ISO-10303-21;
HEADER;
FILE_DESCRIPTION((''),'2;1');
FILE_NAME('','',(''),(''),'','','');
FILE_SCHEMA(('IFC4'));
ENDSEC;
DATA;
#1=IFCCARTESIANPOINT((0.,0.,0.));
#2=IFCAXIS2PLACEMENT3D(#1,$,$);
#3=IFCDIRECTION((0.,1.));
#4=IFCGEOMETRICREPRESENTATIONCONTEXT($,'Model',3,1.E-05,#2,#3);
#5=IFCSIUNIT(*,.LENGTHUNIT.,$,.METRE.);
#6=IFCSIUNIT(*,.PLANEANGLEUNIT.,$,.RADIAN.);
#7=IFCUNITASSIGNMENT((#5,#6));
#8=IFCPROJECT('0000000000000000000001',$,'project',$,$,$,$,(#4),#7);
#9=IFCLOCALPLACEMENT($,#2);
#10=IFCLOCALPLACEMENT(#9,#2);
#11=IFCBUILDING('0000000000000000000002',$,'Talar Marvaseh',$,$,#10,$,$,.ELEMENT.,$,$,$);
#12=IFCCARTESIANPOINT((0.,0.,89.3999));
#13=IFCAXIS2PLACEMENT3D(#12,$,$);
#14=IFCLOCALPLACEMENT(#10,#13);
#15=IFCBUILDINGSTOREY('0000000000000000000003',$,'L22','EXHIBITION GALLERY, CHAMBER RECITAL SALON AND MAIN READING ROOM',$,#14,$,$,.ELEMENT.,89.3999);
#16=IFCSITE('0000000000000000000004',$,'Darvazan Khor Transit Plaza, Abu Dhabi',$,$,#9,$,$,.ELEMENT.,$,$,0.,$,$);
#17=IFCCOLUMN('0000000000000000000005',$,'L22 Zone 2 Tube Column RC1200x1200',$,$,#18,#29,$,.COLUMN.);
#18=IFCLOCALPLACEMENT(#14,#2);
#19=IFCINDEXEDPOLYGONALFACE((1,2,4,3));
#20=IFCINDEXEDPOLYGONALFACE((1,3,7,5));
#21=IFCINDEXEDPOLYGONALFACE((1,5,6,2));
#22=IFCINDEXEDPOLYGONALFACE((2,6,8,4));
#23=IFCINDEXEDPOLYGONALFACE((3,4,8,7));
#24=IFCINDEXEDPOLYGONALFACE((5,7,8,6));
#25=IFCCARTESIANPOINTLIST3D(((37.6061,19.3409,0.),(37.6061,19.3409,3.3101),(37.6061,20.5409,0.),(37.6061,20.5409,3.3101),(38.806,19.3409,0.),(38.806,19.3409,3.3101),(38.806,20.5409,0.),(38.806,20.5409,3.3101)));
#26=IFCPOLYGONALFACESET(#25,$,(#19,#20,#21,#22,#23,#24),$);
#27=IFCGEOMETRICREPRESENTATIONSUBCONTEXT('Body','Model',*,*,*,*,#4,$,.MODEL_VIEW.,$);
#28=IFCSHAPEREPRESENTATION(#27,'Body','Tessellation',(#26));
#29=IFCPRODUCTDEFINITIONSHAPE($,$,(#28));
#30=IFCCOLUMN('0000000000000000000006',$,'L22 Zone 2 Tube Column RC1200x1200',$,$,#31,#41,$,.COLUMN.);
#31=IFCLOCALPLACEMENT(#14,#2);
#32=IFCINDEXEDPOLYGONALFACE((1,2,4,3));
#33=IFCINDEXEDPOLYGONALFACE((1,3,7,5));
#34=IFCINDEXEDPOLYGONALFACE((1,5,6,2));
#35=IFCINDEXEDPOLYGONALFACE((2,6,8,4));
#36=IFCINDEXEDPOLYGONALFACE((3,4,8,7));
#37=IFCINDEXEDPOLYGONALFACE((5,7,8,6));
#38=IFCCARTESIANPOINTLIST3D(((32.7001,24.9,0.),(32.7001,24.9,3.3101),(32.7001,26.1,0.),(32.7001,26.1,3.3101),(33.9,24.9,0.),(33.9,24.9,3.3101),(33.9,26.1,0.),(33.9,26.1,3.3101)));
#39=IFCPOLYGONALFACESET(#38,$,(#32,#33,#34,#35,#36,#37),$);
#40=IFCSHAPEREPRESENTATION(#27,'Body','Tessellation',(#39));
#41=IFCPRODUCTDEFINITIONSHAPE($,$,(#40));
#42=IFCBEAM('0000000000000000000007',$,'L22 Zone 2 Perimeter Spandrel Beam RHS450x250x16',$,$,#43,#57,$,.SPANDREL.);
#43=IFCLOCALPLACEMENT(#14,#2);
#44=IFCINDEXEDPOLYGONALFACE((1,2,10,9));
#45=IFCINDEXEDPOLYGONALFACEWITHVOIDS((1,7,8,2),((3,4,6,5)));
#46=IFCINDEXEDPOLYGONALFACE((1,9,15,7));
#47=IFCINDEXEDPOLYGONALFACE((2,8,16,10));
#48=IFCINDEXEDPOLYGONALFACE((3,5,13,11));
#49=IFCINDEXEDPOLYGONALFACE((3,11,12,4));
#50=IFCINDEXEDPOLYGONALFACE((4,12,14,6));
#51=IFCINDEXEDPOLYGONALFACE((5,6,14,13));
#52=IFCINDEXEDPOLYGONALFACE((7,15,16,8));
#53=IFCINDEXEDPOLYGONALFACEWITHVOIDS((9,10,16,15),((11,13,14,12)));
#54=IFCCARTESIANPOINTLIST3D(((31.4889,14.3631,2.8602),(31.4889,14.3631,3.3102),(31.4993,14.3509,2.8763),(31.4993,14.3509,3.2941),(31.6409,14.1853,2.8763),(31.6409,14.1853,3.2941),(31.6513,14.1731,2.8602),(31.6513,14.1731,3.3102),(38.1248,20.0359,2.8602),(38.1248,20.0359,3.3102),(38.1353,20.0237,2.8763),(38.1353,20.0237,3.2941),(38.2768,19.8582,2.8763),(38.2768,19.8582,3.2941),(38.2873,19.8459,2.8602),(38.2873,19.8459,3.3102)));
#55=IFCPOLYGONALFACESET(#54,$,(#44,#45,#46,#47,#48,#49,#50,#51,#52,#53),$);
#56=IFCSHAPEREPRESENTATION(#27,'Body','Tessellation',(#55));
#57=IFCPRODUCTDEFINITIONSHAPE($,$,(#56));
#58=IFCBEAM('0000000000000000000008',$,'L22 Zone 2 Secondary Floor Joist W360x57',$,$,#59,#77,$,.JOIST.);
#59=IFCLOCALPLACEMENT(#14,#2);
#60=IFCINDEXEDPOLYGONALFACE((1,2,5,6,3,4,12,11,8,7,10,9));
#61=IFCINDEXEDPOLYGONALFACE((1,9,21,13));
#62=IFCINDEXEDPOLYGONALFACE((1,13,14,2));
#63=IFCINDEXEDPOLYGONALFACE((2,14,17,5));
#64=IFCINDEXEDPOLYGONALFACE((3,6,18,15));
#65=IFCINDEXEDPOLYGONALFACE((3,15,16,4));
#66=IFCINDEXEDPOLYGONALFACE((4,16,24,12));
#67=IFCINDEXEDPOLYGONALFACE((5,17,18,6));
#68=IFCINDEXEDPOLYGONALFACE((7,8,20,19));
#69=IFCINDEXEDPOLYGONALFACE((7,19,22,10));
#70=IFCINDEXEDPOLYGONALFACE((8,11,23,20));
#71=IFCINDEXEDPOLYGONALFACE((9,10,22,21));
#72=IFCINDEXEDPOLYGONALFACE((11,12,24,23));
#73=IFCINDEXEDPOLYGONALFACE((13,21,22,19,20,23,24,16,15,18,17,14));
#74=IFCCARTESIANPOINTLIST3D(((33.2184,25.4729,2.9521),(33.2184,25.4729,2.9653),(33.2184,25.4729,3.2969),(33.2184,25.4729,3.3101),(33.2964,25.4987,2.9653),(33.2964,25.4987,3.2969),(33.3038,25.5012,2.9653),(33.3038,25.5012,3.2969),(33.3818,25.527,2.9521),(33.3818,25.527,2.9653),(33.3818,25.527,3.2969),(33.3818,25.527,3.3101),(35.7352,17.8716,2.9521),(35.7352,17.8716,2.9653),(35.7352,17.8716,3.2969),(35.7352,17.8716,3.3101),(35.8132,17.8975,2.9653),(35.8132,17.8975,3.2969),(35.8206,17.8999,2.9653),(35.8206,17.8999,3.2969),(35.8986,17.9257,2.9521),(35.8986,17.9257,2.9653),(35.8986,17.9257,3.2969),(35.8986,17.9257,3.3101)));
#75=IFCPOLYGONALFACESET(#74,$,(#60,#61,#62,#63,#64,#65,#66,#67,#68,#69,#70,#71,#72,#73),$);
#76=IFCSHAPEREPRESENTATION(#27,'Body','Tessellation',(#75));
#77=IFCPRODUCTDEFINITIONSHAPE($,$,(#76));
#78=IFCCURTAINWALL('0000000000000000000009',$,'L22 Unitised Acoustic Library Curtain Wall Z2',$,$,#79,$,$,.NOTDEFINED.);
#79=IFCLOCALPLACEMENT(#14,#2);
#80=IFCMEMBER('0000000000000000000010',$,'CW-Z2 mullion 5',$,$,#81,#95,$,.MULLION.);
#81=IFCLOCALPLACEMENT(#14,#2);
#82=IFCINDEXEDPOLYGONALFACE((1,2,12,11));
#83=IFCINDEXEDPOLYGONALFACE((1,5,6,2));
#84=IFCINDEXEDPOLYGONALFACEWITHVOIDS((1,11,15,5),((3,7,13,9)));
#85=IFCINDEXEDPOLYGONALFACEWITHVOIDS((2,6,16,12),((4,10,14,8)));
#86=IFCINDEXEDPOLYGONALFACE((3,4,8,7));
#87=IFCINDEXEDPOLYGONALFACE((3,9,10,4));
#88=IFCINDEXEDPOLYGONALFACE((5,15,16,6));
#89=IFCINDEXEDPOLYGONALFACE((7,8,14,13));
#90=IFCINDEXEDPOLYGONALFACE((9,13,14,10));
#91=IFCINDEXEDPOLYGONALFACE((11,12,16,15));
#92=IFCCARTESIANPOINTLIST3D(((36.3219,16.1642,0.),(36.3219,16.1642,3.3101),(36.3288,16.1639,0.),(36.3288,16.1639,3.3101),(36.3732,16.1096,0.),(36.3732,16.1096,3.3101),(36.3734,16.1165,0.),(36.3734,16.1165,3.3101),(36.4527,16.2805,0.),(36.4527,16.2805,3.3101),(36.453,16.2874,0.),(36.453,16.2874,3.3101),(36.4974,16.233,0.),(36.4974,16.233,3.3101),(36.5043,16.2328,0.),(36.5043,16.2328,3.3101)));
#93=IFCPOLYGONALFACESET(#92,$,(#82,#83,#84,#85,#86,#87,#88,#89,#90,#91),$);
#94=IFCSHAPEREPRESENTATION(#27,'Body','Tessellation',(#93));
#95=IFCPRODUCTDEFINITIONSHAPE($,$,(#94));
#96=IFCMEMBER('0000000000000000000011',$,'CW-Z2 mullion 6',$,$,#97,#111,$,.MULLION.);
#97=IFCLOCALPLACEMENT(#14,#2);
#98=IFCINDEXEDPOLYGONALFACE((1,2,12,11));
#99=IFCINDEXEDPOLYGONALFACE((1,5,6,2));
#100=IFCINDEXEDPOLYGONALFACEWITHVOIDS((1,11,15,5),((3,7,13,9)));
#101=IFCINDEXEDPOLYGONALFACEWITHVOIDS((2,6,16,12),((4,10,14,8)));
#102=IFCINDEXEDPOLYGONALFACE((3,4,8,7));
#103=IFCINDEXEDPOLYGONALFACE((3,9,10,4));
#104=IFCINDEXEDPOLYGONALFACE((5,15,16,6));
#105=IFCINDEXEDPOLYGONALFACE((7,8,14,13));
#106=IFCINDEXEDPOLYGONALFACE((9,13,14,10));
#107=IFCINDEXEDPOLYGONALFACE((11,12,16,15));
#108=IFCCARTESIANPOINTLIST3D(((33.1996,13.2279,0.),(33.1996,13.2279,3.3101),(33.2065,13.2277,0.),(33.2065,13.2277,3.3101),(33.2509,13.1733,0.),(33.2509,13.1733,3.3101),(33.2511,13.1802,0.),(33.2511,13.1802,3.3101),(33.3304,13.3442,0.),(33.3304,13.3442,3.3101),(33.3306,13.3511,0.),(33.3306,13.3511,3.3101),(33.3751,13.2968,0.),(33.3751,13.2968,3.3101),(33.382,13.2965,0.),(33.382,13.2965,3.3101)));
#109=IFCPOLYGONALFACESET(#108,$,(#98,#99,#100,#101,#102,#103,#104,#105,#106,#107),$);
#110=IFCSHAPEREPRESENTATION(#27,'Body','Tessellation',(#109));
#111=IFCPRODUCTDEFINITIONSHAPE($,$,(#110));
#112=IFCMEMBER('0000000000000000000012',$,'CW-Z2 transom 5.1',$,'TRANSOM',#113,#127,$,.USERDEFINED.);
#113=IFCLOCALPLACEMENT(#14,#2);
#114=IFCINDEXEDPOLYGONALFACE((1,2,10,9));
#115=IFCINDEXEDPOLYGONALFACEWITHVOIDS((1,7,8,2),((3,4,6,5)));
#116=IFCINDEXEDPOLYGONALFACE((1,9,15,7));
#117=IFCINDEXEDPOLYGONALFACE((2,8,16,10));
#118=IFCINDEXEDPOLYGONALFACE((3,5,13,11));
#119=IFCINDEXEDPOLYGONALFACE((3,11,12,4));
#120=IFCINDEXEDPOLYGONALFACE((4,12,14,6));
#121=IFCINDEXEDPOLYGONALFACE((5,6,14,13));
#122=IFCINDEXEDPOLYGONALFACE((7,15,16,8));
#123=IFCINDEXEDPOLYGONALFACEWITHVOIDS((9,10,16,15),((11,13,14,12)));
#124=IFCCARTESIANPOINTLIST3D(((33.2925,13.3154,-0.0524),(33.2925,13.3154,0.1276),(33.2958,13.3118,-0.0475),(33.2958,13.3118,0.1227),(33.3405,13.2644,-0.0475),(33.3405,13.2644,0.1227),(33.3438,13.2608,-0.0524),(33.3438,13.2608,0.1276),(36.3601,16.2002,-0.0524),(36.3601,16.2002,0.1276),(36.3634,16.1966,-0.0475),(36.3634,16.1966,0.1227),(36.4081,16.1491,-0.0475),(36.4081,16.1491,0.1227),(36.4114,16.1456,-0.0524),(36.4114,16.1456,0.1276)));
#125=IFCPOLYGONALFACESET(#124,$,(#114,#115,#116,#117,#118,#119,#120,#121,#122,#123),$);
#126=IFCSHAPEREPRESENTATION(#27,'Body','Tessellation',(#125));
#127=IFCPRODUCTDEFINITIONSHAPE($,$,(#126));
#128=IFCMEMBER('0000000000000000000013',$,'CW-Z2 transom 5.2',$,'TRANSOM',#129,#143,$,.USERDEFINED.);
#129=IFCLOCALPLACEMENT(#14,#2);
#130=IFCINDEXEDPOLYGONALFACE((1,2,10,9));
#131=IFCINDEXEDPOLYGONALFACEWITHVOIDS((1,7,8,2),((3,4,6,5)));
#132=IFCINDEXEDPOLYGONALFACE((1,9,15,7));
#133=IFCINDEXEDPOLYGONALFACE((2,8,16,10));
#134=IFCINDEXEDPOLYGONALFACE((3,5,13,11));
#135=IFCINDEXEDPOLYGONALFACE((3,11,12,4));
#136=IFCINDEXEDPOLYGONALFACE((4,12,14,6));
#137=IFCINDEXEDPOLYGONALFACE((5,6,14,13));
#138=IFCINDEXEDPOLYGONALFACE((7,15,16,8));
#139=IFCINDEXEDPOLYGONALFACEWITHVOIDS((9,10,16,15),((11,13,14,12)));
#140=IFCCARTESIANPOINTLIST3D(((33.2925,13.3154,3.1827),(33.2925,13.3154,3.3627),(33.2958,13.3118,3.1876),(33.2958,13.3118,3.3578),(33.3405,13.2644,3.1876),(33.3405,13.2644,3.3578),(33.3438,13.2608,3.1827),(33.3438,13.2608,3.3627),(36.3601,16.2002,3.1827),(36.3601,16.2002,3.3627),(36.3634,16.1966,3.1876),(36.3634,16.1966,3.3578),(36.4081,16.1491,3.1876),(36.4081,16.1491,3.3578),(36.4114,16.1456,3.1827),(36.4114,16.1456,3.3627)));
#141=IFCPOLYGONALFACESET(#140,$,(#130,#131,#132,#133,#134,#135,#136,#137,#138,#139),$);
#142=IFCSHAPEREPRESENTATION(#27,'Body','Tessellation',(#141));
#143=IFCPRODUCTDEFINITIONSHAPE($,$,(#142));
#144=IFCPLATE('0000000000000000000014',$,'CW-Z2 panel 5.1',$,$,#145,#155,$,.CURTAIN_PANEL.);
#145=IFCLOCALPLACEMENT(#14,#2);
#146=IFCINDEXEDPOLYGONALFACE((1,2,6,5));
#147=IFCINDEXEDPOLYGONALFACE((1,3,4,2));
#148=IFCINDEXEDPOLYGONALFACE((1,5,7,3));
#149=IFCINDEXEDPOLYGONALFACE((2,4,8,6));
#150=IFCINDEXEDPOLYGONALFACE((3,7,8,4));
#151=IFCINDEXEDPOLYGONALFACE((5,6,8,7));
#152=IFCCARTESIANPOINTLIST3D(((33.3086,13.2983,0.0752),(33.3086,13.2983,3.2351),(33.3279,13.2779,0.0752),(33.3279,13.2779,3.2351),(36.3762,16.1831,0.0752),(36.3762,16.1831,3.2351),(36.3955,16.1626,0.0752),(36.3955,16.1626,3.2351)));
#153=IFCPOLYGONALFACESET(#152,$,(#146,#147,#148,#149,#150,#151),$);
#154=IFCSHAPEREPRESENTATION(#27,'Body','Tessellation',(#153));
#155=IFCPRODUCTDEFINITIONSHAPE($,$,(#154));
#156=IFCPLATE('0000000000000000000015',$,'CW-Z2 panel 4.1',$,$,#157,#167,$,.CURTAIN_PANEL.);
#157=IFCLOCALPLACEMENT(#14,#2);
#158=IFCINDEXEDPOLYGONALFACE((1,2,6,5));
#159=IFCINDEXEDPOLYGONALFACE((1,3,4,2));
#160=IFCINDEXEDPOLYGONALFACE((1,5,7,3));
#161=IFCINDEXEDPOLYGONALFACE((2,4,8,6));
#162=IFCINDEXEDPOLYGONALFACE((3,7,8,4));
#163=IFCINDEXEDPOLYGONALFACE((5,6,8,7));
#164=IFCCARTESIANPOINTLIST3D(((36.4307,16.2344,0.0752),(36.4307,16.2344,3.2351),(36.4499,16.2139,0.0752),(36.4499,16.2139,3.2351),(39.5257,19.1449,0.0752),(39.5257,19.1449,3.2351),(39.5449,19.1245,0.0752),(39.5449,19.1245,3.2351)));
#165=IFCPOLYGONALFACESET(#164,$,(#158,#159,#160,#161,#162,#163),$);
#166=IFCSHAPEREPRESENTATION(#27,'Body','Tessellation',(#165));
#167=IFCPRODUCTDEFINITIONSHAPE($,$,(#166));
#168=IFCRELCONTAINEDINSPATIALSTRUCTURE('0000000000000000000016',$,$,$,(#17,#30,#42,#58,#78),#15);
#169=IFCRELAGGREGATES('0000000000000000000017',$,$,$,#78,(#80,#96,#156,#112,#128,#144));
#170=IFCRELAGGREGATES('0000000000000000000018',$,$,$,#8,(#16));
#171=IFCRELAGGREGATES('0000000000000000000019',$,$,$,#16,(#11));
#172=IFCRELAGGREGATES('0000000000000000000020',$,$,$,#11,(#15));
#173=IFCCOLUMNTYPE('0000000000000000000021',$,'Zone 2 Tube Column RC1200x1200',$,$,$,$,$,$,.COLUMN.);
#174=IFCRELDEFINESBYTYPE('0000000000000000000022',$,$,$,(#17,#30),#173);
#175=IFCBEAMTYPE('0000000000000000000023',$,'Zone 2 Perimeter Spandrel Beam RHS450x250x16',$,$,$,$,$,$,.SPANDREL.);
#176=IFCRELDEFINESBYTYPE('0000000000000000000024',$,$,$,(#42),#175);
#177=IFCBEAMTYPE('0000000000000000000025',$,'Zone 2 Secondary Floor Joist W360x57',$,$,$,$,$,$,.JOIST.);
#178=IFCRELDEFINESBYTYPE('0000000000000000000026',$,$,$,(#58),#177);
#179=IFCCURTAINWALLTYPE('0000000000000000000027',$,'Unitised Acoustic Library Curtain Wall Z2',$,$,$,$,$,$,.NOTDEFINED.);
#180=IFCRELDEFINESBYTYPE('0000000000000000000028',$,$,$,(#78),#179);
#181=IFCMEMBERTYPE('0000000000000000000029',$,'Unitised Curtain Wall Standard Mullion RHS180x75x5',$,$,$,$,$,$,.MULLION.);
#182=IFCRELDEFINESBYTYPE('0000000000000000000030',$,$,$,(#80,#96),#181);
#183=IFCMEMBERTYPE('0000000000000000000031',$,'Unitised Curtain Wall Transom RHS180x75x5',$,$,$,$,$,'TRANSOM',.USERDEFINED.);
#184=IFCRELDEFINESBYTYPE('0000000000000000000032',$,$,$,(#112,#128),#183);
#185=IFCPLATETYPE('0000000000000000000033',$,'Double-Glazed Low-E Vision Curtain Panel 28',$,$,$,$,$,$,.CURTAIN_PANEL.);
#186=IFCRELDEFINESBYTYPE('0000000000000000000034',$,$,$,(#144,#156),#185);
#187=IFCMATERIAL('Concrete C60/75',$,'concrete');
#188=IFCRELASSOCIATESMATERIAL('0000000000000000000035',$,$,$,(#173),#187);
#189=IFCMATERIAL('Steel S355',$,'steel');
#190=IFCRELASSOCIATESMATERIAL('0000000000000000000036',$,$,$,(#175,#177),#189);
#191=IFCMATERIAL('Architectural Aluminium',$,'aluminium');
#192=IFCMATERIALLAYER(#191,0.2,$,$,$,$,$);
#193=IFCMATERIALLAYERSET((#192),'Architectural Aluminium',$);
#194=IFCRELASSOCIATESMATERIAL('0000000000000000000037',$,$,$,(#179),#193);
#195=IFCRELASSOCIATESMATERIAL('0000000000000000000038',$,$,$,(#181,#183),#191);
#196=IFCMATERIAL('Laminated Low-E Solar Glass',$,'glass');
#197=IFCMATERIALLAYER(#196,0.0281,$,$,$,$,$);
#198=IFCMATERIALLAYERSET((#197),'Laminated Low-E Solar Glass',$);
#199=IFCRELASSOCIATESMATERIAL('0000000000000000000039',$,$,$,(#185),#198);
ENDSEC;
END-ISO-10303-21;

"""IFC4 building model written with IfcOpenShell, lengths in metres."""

from ifc_helpers import new_model, si_unit, direction, frame, origin, origin_2d, place, context, subcontext, project, spatial, rectangle, hollow_rectangle, i_section, extrude, source, transform, mapped, material, layer, layer_set, material_profile, profile_set, type_object, type_shapes, element, aggregate, save


model = new_model("IFC4")

# Units and contexts
model_context = context("Model", 3, precision=1e-05, world=origin(), true_north=direction((0.0, 1.0)))
body_context = subcontext(model_context, "Body", "Model", "MODEL_VIEW")
ifc_project = project(units=[si_unit("LENGTHUNIT", "METRE"), si_unit("PLANEANGLEUNIT", "RADIAN")], contexts=[model_context])

# Site, building, storey
site_placement = place(None, origin())
site = spatial("IfcSite", under=ifc_project, at=site_placement, Name="Darvazan Khor Transit Plaza, Abu Dhabi", CompositionType="ELEMENT", RefElevation=0.0)
building_placement = place(site_placement, origin())
building = spatial("IfcBuilding", under=site, at=building_placement, Name="Talar Marvaseh", CompositionType="ELEMENT")
storey_placement = place(building_placement, frame((0.0, 0.0, 89.3999)))
storey = spatial("IfcBuildingStorey", under=building, at=storey_placement, Name="L22", Description="EXHIBITION GALLERY, CHAMBER RECITAL SALON AND MAIN READING ROOM", CompositionType="ELEMENT", Elevation=89.3999)

# Columns
ifc_material_1 = material(Name="Concrete C60/75", Category="concrete")
ifc_material_profile_1 = material_profile(ifc_material_1, rectangle(XDim=1.2, YDim=1.2, at=origin_2d()), Name="RC1200x1200")
ifc_profile_set_1 = profile_set([ifc_material_profile_1], Name="Concrete C60/75")
column_type = type_object("IfcColumnType", Name="Zone 2 Tube Column RC1200x1200", PredefinedType="COLUMN", material=ifc_profile_set_1)
for number, where, z_axis, x_axis, name in (
    (1, (38.2061, 19.9409, 0.0), (0.0, 0.0, 1.0), (1.0, 0.0, 0.0), "L22 Zone 2 Tube Column RC1200x1200"),
    (2, (33.3, 25.5, 0.0), (0.0, 0.0, 1.0), (1.0, 0.0, 0.0), "L22 Zone 2 Tube Column RC1200x1200"),
):
    element("IfcColumn", number, at=place(storey_placement, frame(where, z_axis=z_axis, x_axis=x_axis)), inside=storey, type_object=column_type, Name=name, PredefinedType="COLUMN", context=body_context, shape_type="SweptSolid", body=[
        extrude(rectangle(XDim=1.2, YDim=1.2, at=origin_2d()), origin(), (0.0, 0.0, 1.0), 3.3101),
    ])

# Beams
ifc_material_2 = material(Name="Steel S355", Category="steel")
ifc_material_profile_2 = material_profile(ifc_material_2, hollow_rectangle(XDim=0.25, YDim=0.45, WallThickness=0.0161, at=origin_2d()), Name="RHS450x250x16")
ifc_profile_set_2 = profile_set([ifc_material_profile_2], Name="Steel S355")
beam_type_1 = type_object("IfcBeamType", Name="Zone 2 Perimeter Spandrel Beam RHS450x250x16", PredefinedType="SPANDREL", material=ifc_profile_set_2)
beam_1_placement = place(storey_placement, frame((38.2061, 19.9409, 3.0852), z_axis=(-0.760113, -0.649791, 0.0), x_axis=(0.649791, -0.760113, 0.0)))
element("IfcBeam", 3, at=beam_1_placement, inside=storey, type_object=beam_type_1, Name="L22 Zone 2 Perimeter Spandrel Beam RHS450x250x16", PredefinedType="SPANDREL", context=body_context, shape_type="SweptSolid", body=[
    extrude(hollow_rectangle(XDim=0.25, YDim=0.45, WallThickness=0.0161, at=origin_2d()), origin(), (0.0, 0.0, 1.0), 8.7302),
])
ifc_material_profile_3 = material_profile(ifc_material_2, i_section(OverallWidth=0.1721, OverallDepth=0.3579, WebThickness=0.0078, FlangeThickness=0.0132, at=origin_2d()), Name="W360x57")
ifc_profile_set_3 = profile_set([ifc_material_profile_3], Name="Steel S355")
beam_type_2 = type_object("IfcBeamType", Name="Zone 2 Secondary Floor Joist W360x57", PredefinedType="JOIST", material=ifc_profile_set_3)
beam_2_placement = place(storey_placement, frame((35.8169, 17.8987, 3.1311), z_axis=(-0.314325, 0.949316, 0.0), x_axis=(-0.949316, -0.314325, 0.0)))
element("IfcBeam", 4, at=beam_2_placement, inside=storey, type_object=beam_type_2, Name="L22 Zone 2 Secondary Floor Joist W360x57", PredefinedType="JOIST", context=body_context, shape_type="SweptSolid", body=[
    extrude(i_section(OverallWidth=0.1721, OverallDepth=0.3579, WebThickness=0.0078, FlangeThickness=0.0132, at=origin_2d()), origin(), (0.0, 0.0, 1.0), 8.0071),
])

# Curtain wall, members, plates
ifc_material_3 = material(Name="Architectural Aluminium", Category="aluminium")
ifc_layer_1 = layer(ifc_material_3, 0.2)
ifc_layer_set_1 = layer_set([ifc_layer_1], Name="Architectural Aluminium")
curtain_wall_type = type_object("IfcCurtainWallType", Name="Unitised Acoustic Library Curtain Wall Z2", PredefinedType="NOTDEFINED", material=ifc_layer_set_1)
curtain_wall_placement = place(storey_placement, origin())
curtain_wall = element("IfcCurtainWall", 5, at=curtain_wall_placement, inside=storey, type_object=curtain_wall_type, Name="L22 Unitised Acoustic Library Curtain Wall Z2", PredefinedType="NOTDEFINED")
ifc_material_profile_4 = material_profile(ifc_material_3, hollow_rectangle(XDim=0.075, YDim=0.1799, WallThickness=0.0049, at=origin_2d()), Name="RHS180x75x5")
ifc_profile_set_4 = profile_set([ifc_material_profile_4], Name="Architectural Aluminium")
member_type_1 = type_object("IfcMemberType", Name="Unitised Curtain Wall Standard Mullion RHS180x75x5", PredefinedType="MULLION", material=ifc_profile_set_4)
shared_shape_1 = source(origin(), body_context, "Body", "SweptSolid", [
    extrude(hollow_rectangle(XDim=0.075, YDim=0.1799, WallThickness=0.0049, at=origin_2d()), origin(), (0.0, 0.0, 1.0), 3.3101),
])
type_shapes(member_type_1, [shared_shape_1])
member_1_placement = place(storey_placement, frame((36.4131, 16.1985, 0.0), z_axis=(0.0, 0.0, 1.0), x_axis=(0.685069, -0.728478, 0.0)))
member_1 = element("IfcMember", 6, at=member_1_placement, type_object=member_type_1, Name="CW-Z2 mullion 5", PredefinedType="MULLION", context=body_context, shape_type="MappedRepresentation", body=[
    mapped(shared_shape_1, transform((0.0, 0.0, 0.0), x_axis=(1.0, 0.0, 0.0), y_axis=(0.0, 1.0, 0.0), z_axis=(0.0, 0.0, 1.0), scale=1.0)),
])
member_2_placement = place(storey_placement, frame((33.2908, 13.2622, 0.0), z_axis=(0.0, 0.0, 1.0), x_axis=(0.685069, -0.728478, 0.0)))
member_2 = element("IfcMember", 7, at=member_2_placement, type_object=member_type_1, Name="CW-Z2 mullion 6", PredefinedType="MULLION", context=body_context, shape_type="MappedRepresentation", body=[
    mapped(shared_shape_1, transform((0.0, 0.0, 0.0), x_axis=(1.0, 0.0, 0.0), y_axis=(0.0, 1.0, 0.0), z_axis=(0.0, 0.0, 1.0), scale=1.0)),
])
ifc_material_profile_5 = material_profile(ifc_material_3, hollow_rectangle(XDim=0.075, YDim=0.1799, WallThickness=0.0049, at=origin_2d()), Name="RHS180x75x5")
ifc_profile_set_5 = profile_set([ifc_material_profile_5], Name="Architectural Aluminium")
member_type_2 = type_object("IfcMemberType", Name="Unitised Curtain Wall Transom RHS180x75x5", ElementType="TRANSOM", PredefinedType="USERDEFINED", material=ifc_profile_set_5)
shared_shape_2 = source(origin(), body_context, "Body", "SweptSolid", [
    extrude(hollow_rectangle(XDim=0.075, YDim=0.1799, WallThickness=0.0049, at=origin_2d()), origin(), (0.0, 0.0, 1.0), 4.2109),
])
type_shapes(member_type_2, [shared_shape_2])
member_3_placement = place(storey_placement, frame((36.3857, 16.1729, 0.0376), z_axis=(-0.728486, -0.685061, 0.0), x_axis=(0.685061, -0.728486, 0.0)))
member_3 = element("IfcMember", 8, at=member_3_placement, type_object=member_type_2, Name="CW-Z2 transom 5.1", ObjectType="TRANSOM", PredefinedType="USERDEFINED", context=body_context, shape_type="MappedRepresentation", body=[
    mapped(shared_shape_2, transform((0.0, 0.0, 0.0), x_axis=(1.0, 0.0, 0.0), y_axis=(0.0, 1.0, 0.0), z_axis=(0.0, 0.0, 1.0), scale=1.0)),
])
member_4_placement = place(storey_placement, frame((36.3857, 16.1729, 3.2727), z_axis=(-0.728486, -0.685061, 0.0), x_axis=(0.685061, -0.728486, 0.0)))
member_4 = element("IfcMember", 9, at=member_4_placement, type_object=member_type_2, Name="CW-Z2 transom 5.2", ObjectType="TRANSOM", PredefinedType="USERDEFINED", context=body_context, shape_type="MappedRepresentation", body=[
    mapped(shared_shape_2, transform((0.0, 0.0, 0.0), x_axis=(1.0, 0.0, 0.0), y_axis=(0.0, 1.0, 0.0), z_axis=(0.0, 0.0, 1.0), scale=1.0)),
])
ifc_material_4 = material(Name="Laminated Low-E Solar Glass", Category="glass")
ifc_layer_2 = layer(ifc_material_4, 0.0281)
ifc_layer_set_2 = layer_set([ifc_layer_2], Name="Laminated Low-E Solar Glass")
plate_type = type_object("IfcPlateType", Name="Double-Glazed Low-E Vision Curtain Panel 28", PredefinedType="CURTAIN_PANEL", material=ifc_layer_set_2)
shared_shape_3 = source(origin(), body_context, "Body", "SweptSolid", [
    extrude(rectangle(XDim=4.2109, YDim=0.0281, at=origin_2d()), origin(), (0.0, 0.0, 1.0), 3.1599),
])
plate_1_placement = place(storey_placement, frame((34.8521, 14.7305, 0.0752), z_axis=(0.0, 0.0, 1.0), x_axis=(-0.728478, -0.685069, 0.0)))
plate_1 = element("IfcPlate", 10, at=plate_1_placement, type_object=plate_type, Name="CW-Z2 panel 5.1", PredefinedType="CURTAIN_PANEL", context=body_context, shape_type="MappedRepresentation", body=[
    mapped(shared_shape_3, transform((0.0, 0.0, 0.0), x_axis=(1.0, 0.0, 0.0), y_axis=(0.0, 1.0, 0.0), z_axis=(0.0, 0.0, 1.0), scale=1.0)),
])
shared_shape_4 = source(origin(), body_context, "Body", "SweptSolid", [
    extrude(rectangle(XDim=4.2485, YDim=0.0281, at=origin_2d()), origin(), (0.0, 0.0, 1.0), 3.1599),
])
type_shapes(plate_type, [shared_shape_3, shared_shape_4])
plate_2_placement = place(storey_placement, frame((37.9878, 17.6794, 0.0752), z_axis=(0.0, 0.0, 1.0), x_axis=(-0.728478, -0.685069, 0.0)))
plate_2 = element("IfcPlate", 11, at=plate_2_placement, type_object=plate_type, Name="CW-Z2 panel 4.1", PredefinedType="CURTAIN_PANEL", context=body_context, shape_type="MappedRepresentation", body=[
    mapped(shared_shape_4, transform((0.0, 0.0, 0.0), x_axis=(1.0, 0.0, 0.0), y_axis=(0.0, 1.0, 0.0), z_axis=(0.0, 0.0, 1.0), scale=1.0)),
])
aggregate(curtain_wall, [member_1, member_2, plate_2, member_3, member_4, plate_1])

save(model, "model.ifc")
